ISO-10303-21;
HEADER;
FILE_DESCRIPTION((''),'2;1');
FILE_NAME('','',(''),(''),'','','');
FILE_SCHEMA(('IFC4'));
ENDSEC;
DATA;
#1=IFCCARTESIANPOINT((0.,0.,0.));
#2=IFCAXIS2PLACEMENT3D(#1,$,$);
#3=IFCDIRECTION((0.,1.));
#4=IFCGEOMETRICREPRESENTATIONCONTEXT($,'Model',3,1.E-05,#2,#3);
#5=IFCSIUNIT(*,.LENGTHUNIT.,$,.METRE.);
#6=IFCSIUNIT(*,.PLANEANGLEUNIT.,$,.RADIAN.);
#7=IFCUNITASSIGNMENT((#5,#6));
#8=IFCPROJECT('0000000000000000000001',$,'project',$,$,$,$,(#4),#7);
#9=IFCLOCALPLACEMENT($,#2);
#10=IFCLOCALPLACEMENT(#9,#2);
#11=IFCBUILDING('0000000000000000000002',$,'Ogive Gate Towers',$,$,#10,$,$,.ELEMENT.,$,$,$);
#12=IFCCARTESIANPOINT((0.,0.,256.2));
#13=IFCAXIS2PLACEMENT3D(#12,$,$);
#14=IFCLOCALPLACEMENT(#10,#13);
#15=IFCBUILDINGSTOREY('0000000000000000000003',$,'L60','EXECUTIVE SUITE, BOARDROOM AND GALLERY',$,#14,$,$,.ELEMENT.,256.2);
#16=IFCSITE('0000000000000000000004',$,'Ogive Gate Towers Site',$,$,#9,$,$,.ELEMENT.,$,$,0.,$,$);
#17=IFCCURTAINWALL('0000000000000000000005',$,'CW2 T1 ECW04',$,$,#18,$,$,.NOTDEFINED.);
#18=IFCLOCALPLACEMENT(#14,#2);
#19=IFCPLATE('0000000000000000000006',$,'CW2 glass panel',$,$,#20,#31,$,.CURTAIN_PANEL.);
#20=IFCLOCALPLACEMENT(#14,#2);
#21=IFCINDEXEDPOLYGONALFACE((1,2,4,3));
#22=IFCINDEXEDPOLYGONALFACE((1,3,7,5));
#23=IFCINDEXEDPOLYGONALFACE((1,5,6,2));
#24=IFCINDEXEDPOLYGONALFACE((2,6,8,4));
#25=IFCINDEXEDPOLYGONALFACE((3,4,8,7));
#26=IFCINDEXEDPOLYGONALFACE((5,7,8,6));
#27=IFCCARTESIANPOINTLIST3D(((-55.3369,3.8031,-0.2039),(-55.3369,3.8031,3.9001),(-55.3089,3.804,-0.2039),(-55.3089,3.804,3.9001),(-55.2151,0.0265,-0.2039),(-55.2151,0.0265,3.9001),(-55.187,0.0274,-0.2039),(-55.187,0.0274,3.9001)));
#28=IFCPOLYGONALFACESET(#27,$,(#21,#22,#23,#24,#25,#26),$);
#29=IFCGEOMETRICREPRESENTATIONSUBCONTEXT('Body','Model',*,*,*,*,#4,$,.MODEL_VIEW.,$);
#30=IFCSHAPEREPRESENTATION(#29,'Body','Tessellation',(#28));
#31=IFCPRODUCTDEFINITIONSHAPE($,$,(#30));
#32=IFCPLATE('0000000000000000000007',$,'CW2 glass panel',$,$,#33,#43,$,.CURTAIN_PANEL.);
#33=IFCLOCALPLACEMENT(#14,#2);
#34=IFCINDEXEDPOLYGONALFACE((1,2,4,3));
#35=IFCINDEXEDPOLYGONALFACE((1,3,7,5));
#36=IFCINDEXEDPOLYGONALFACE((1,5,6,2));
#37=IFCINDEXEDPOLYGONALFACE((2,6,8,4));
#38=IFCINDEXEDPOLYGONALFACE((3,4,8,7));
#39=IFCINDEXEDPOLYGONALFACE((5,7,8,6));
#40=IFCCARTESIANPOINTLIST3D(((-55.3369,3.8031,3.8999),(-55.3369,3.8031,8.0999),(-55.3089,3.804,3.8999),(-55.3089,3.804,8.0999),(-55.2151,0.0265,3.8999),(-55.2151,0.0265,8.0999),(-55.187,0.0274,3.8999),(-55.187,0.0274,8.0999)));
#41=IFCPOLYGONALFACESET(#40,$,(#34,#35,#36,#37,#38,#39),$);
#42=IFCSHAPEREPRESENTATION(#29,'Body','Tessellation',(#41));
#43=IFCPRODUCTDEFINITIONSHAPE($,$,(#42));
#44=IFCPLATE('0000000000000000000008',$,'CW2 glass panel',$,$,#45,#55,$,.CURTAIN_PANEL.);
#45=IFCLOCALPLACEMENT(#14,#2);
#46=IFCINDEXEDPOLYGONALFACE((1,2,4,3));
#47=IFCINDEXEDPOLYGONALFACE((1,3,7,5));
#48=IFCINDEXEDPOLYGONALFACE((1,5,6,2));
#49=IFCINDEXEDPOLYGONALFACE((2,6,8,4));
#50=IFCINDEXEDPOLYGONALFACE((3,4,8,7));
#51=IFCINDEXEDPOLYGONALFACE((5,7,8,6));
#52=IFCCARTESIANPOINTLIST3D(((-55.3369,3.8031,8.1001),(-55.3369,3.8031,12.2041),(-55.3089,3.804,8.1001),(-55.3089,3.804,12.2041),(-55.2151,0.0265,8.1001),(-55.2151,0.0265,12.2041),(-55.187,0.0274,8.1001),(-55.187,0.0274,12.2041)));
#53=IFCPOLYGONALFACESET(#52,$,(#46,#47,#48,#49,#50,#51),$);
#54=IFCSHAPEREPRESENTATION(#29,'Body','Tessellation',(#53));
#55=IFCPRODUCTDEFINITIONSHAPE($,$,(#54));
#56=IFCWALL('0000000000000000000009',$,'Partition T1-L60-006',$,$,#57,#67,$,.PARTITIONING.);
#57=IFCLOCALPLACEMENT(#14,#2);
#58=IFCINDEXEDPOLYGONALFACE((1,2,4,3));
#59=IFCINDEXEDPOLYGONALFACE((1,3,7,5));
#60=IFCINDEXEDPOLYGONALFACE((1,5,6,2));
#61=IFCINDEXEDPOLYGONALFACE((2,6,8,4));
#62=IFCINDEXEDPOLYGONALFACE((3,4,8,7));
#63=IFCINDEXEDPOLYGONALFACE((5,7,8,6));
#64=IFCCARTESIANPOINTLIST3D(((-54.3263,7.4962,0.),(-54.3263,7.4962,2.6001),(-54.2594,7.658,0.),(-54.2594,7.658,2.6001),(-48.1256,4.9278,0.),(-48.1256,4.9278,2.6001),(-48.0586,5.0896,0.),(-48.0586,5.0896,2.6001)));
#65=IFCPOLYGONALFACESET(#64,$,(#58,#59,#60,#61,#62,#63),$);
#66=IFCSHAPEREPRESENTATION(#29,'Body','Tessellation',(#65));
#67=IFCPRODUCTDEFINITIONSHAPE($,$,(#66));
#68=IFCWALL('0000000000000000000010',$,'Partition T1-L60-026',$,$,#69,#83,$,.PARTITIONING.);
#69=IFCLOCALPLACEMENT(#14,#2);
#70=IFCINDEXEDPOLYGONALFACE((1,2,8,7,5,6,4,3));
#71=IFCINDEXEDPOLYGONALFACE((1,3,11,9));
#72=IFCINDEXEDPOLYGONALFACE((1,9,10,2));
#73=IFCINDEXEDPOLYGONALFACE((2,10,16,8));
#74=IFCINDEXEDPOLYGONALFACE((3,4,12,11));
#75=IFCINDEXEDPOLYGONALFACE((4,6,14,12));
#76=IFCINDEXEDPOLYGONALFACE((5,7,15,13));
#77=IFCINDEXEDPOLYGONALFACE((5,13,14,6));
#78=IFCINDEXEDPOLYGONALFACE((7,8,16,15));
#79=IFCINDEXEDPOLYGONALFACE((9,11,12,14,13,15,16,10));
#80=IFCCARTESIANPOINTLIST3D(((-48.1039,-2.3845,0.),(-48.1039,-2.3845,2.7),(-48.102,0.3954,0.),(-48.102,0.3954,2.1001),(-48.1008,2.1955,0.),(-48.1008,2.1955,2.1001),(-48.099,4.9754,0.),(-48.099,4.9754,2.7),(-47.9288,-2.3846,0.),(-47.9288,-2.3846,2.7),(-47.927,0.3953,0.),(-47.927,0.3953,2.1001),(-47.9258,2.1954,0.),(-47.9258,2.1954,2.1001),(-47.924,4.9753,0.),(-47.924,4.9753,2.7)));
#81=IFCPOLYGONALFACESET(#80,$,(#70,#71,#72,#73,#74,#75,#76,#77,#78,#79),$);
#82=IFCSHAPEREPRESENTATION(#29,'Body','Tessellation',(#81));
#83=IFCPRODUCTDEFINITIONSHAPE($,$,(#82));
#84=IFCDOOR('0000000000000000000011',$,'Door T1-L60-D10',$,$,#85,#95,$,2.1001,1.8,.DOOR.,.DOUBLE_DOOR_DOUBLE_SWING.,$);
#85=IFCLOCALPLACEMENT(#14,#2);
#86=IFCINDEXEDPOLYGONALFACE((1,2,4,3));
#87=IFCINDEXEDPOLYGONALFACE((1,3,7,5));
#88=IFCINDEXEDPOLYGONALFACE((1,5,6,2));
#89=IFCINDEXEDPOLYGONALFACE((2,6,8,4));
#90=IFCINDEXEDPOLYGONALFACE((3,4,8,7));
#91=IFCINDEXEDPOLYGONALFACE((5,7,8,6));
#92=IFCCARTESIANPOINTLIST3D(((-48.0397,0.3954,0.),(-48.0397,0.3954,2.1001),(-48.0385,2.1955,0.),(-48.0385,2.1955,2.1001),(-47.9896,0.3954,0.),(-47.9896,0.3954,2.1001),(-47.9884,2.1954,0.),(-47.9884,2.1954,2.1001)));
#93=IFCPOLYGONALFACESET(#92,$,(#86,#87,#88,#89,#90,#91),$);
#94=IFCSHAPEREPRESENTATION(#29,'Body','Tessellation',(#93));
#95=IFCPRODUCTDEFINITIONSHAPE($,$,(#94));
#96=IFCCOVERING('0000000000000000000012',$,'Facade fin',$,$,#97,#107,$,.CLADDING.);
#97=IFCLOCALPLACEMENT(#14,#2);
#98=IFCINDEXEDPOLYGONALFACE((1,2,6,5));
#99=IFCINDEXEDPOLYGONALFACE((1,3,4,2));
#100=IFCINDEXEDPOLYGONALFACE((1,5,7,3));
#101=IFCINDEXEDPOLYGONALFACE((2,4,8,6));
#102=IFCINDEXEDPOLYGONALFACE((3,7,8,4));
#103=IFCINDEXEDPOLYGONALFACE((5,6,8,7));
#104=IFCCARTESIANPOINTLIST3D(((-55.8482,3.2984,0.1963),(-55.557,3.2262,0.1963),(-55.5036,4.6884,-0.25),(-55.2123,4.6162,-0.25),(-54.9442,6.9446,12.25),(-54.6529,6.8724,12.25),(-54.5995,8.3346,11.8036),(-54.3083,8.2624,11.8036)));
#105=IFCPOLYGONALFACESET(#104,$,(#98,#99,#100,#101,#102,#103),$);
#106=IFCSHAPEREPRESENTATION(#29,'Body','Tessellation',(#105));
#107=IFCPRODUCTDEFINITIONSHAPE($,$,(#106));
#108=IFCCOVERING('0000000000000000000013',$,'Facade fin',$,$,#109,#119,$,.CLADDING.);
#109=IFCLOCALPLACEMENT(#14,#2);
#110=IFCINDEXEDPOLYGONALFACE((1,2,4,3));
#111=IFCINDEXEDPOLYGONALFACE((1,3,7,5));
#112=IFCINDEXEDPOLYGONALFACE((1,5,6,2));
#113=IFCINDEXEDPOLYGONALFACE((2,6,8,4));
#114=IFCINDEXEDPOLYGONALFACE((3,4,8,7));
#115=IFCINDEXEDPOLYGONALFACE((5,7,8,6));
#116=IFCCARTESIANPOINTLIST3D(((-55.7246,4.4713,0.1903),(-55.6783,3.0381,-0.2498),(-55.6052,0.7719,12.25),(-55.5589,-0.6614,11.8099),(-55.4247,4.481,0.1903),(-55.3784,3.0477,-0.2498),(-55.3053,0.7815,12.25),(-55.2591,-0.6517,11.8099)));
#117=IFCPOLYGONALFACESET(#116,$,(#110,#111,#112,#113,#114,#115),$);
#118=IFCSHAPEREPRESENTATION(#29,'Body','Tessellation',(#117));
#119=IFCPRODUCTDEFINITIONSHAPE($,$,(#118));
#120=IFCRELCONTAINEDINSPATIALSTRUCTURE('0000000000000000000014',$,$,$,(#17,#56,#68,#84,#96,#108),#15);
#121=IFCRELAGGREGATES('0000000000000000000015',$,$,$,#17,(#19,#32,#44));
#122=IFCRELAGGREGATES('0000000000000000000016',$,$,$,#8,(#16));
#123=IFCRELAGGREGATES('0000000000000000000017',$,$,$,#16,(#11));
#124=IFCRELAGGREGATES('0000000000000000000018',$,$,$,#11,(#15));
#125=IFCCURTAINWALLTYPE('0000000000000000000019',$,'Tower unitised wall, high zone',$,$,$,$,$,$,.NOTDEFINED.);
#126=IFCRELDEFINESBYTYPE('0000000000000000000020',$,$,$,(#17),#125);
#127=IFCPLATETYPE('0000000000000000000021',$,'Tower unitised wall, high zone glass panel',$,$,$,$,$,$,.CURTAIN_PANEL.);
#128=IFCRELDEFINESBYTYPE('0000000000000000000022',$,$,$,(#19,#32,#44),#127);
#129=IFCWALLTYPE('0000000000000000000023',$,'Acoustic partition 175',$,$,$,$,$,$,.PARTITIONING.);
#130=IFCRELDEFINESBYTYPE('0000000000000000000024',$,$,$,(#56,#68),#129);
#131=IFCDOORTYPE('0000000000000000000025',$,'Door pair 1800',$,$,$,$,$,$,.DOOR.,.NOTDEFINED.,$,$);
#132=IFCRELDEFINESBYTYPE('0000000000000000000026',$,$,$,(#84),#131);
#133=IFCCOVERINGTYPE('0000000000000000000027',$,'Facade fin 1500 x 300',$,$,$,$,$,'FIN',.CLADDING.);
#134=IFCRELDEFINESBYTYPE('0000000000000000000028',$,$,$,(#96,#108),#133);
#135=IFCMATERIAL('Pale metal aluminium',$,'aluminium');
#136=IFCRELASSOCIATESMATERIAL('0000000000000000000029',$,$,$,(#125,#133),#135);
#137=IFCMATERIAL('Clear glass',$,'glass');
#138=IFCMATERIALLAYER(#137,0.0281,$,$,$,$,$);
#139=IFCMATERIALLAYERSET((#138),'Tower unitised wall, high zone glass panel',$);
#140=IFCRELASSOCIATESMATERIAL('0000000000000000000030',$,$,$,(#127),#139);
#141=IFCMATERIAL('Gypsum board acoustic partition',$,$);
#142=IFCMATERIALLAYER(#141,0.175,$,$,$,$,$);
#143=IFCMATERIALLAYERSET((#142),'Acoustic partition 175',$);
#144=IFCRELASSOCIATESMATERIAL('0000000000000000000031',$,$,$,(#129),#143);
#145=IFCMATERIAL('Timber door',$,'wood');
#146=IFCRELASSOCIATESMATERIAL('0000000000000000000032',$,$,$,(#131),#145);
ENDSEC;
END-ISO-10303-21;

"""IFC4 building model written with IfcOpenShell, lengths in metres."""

from ifc_helpers import new_model, si_unit, direction, frame, frame_2d, origin, origin_2d, place, context, subcontext, project, spatial, rectangle, extrude, material, layer, layer_set, material_profile, profile_set, type_object, element, fill, aggregate, save


model = new_model("IFC4")

# Units and contexts
model_context = context("Model", 3, precision=1e-05, world=origin(), true_north=direction((0.0, 1.0)))
body_context = subcontext(model_context, "Body", "Model", "MODEL_VIEW")
ifc_project = project(units=[si_unit("LENGTHUNIT", "METRE"), si_unit("PLANEANGLEUNIT", "RADIAN")], contexts=[model_context])

# Site, building, storey
site_placement = place(None, origin())
site = spatial("IfcSite", under=ifc_project, at=site_placement, Name="Ogive Gate Towers Site", CompositionType="ELEMENT", RefElevation=0.0)
building_placement = place(site_placement, origin())
building = spatial("IfcBuilding", under=site, at=building_placement, Name="Ogive Gate Towers", CompositionType="ELEMENT")
storey_placement = place(building_placement, frame((0.0, 0.0, 256.2)))
storey = spatial("IfcBuildingStorey", under=building, at=storey_placement, Name="L60", Description="EXECUTIVE SUITE, BOARDROOM AND GALLERY", CompositionType="ELEMENT", Elevation=256.2)

# Curtain wall, plates
ifc_material_1 = material(Name="Pale metal aluminium", Category="aluminium")
curtain_wall_type = type_object("IfcCurtainWallType", Name="Tower unitised wall, high zone", PredefinedType="NOTDEFINED", material=ifc_material_1)
curtain_wall_placement = place(storey_placement, origin())
curtain_wall = element("IfcCurtainWall", 1, at=curtain_wall_placement, inside=storey, type_object=curtain_wall_type, Name="CW2 T1 ECW04", PredefinedType="NOTDEFINED")
ifc_material_2 = material(Name="Clear glass", Category="glass")
ifc_layer_1 = layer(ifc_material_2, 0.0281)
ifc_layer_set_1 = layer_set([ifc_layer_1], Name="Tower unitised wall, high zone glass panel")
plate_type = type_object("IfcPlateType", Name="Tower unitised wall, high zone glass panel", PredefinedType="CURTAIN_PANEL", material=ifc_layer_set_1)
plate_1_placement = place(storey_placement, frame((-55.262, 1.9153, -0.2039), z_axis=(0.0, 0.0, 1.0), x_axis=(0.032248, -0.99948, 0.0)))
plate_1 = element("IfcPlate", 2, at=plate_1_placement, type_object=plate_type, Name="CW2 glass panel", PredefinedType="CURTAIN_PANEL", context=body_context, shape_type="SweptSolid", body=[
    extrude(rectangle(XDim=3.7786, YDim=0.0281, at=origin_2d()), origin(), (0.0, 0.0, 1.0), 4.104),
])
plate_2_placement = place(storey_placement, frame((-55.262, 1.9153, 3.8999), z_axis=(0.0, 0.0, 1.0), x_axis=(0.032248, -0.99948, 0.0)))
plate_2 = element("IfcPlate", 3, at=plate_2_placement, type_object=plate_type, Name="CW2 glass panel", PredefinedType="CURTAIN_PANEL", context=body_context, shape_type="SweptSolid", body=[
    extrude(rectangle(XDim=3.7786, YDim=0.0281, at=origin_2d()), origin(), (0.0, 0.0, 1.0), 4.2),
])
plate_3_placement = place(storey_placement, frame((-55.262, 1.9153, 8.1001), z_axis=(0.0, 0.0, 1.0), x_axis=(0.032248, -0.99948, 0.0)))
plate_3 = element("IfcPlate", 4, at=plate_3_placement, type_object=plate_type, Name="CW2 glass panel", PredefinedType="CURTAIN_PANEL", context=body_context, shape_type="SweptSolid", body=[
    extrude(rectangle(XDim=3.7786, YDim=0.0281, at=origin_2d()), origin(), (0.0, 0.0, 1.0), 4.104),
])
aggregate(curtain_wall, [plate_1, plate_2, plate_3])

# Wall
ifc_material_3 = material(Name="Gypsum board acoustic partition")
ifc_layer_2 = layer(ifc_material_3, 0.175)
ifc_layer_set_2 = layer_set([ifc_layer_2], Name="Acoustic partition 175")
wall_type = type_object("IfcWallType", Name="Acoustic partition 175", PredefinedType="PARTITIONING", material=ifc_layer_set_2)
wall_1_placement = place(storey_placement, frame((-54.293, 7.5771, 0.0), z_axis=(0.0, 0.0, 1.0), x_axis=(0.923882, -0.382677, 0.0)))
element("IfcWall", 5, at=wall_1_placement, inside=storey, type_object=wall_type, Name="Partition T1-L60-006", PredefinedType="PARTITIONING", context=body_context, shape_type="SweptSolid", body=[
    extrude(rectangle(XDim=6.7117, YDim=0.175, at=frame_2d((3.356, 0.0))), origin(), (0.0, 0.0, 1.0), 2.6001),
])

# Wall, opening, door
wall_2_placement = place(storey_placement, frame((-48.0115, 4.9753, 0.0), z_axis=(0.0, 0.0, 1.0), x_axis=(-0.000663, -1.0, 0.0)))
wall_2 = element("IfcWall", 6, at=wall_2_placement, inside=storey, type_object=wall_type, Name="Partition T1-L60-026", PredefinedType="PARTITIONING", context=body_context, shape_type="SweptSolid", body=[
    extrude(rectangle(XDim=7.3599, YDim=0.175, at=frame_2d((3.6799, 0.0))), origin(), (0.0, 0.0, 1.0), 2.7),
])
opening_placement = place(wall_2_placement, frame((2.78, 0.0, 0.0)))
opening = element("IfcOpeningElement", 7, at=opening_placement, cuts=wall_2, PredefinedType="OPENING", context=body_context, shape_type="SweptSolid", body=[
    extrude(rectangle(XDim=1.8, YDim=2.1001, at=frame_2d((0.8999, 1.05))), frame((0.0, 0.0977, 0.0), z_axis=(0.0, -1.0, 0.0), x_axis=(1.0, 0.0, 0.0)), (0.0, 0.0, 1.0), 0.1951),
])
ifc_material_4 = material(Name="Timber door", Category="wood")
door_type = type_object("IfcDoorType", Name="Door pair 1800", OperationType="NOTDEFINED", PredefinedType="DOOR", material=ifc_material_4)
door_placement = place(opening_placement, origin())
door = element("IfcDoor", 8, at=door_placement, inside=storey, type_object=door_type, Name="Door T1-L60-D10", OperationType="DOUBLE_DOOR_DOUBLE_SWING", OverallHeight=2.1001, OverallWidth=1.8, PredefinedType="DOOR", context=body_context, shape_type="SweptSolid", body=[
    extrude(rectangle(XDim=1.8, YDim=2.1001, at=frame_2d((0.8999, 1.05))), frame((0.0, 0.0249, 0.0), z_axis=(0.0, -1.0, 0.0), x_axis=(1.0, 0.0, 0.0)), (0.0, 0.0, 1.0), 0.05),
])
fill(opening, door)

# Coverings
ifc_material_profile_1 = material_profile(ifc_material_1, rectangle(XDim=0.3, YDim=1.5, at=origin_2d()), Name="1500 x 300 pale metal aluminium")
ifc_profile_set_1 = profile_set([ifc_material_profile_1], Name="Pale metal aluminium")
covering_type = type_object("IfcCoveringType", Name="Facade fin 1500 x 300", ElementType="FIN", PredefinedType="CLADDING", material=ifc_profile_set_1)
covering_1_placement = place(storey_placement, frame((-55.5303, 3.9573, -0.0269), z_axis=(0.071605, 0.288799, 0.954708), x_axis=(-0.970611, 0.240654, 0.0)))
element("IfcCovering", 9, at=covering_1_placement, inside=storey, type_object=covering_type, Name="Facade fin", PredefinedType="CLADDING", context=body_context, shape_type="SweptSolid", body=[
    extrude(rectangle(XDim=0.3, YDim=1.5, at=origin_2d()), origin(), (0.0, 0.0, 1.0), 12.6255),
])
covering_2_placement = place(storey_placement, frame((-55.5515, 3.7595, -0.0298), z_axis=(0.009464, -0.293258, 0.955987), x_axis=(0.99948, 0.032254, 0.0)))
element("IfcCovering", 10, at=covering_2_placement, inside=storey, type_object=covering_type, Name="Facade fin", PredefinedType="CLADDING", context=body_context, shape_type="SweptSolid", body=[
    extrude(rectangle(XDim=0.3, YDim=1.5, at=origin_2d()), origin(), (0.0, 0.0, 1.0), 12.615),
])

save(model, "model.ifc")
